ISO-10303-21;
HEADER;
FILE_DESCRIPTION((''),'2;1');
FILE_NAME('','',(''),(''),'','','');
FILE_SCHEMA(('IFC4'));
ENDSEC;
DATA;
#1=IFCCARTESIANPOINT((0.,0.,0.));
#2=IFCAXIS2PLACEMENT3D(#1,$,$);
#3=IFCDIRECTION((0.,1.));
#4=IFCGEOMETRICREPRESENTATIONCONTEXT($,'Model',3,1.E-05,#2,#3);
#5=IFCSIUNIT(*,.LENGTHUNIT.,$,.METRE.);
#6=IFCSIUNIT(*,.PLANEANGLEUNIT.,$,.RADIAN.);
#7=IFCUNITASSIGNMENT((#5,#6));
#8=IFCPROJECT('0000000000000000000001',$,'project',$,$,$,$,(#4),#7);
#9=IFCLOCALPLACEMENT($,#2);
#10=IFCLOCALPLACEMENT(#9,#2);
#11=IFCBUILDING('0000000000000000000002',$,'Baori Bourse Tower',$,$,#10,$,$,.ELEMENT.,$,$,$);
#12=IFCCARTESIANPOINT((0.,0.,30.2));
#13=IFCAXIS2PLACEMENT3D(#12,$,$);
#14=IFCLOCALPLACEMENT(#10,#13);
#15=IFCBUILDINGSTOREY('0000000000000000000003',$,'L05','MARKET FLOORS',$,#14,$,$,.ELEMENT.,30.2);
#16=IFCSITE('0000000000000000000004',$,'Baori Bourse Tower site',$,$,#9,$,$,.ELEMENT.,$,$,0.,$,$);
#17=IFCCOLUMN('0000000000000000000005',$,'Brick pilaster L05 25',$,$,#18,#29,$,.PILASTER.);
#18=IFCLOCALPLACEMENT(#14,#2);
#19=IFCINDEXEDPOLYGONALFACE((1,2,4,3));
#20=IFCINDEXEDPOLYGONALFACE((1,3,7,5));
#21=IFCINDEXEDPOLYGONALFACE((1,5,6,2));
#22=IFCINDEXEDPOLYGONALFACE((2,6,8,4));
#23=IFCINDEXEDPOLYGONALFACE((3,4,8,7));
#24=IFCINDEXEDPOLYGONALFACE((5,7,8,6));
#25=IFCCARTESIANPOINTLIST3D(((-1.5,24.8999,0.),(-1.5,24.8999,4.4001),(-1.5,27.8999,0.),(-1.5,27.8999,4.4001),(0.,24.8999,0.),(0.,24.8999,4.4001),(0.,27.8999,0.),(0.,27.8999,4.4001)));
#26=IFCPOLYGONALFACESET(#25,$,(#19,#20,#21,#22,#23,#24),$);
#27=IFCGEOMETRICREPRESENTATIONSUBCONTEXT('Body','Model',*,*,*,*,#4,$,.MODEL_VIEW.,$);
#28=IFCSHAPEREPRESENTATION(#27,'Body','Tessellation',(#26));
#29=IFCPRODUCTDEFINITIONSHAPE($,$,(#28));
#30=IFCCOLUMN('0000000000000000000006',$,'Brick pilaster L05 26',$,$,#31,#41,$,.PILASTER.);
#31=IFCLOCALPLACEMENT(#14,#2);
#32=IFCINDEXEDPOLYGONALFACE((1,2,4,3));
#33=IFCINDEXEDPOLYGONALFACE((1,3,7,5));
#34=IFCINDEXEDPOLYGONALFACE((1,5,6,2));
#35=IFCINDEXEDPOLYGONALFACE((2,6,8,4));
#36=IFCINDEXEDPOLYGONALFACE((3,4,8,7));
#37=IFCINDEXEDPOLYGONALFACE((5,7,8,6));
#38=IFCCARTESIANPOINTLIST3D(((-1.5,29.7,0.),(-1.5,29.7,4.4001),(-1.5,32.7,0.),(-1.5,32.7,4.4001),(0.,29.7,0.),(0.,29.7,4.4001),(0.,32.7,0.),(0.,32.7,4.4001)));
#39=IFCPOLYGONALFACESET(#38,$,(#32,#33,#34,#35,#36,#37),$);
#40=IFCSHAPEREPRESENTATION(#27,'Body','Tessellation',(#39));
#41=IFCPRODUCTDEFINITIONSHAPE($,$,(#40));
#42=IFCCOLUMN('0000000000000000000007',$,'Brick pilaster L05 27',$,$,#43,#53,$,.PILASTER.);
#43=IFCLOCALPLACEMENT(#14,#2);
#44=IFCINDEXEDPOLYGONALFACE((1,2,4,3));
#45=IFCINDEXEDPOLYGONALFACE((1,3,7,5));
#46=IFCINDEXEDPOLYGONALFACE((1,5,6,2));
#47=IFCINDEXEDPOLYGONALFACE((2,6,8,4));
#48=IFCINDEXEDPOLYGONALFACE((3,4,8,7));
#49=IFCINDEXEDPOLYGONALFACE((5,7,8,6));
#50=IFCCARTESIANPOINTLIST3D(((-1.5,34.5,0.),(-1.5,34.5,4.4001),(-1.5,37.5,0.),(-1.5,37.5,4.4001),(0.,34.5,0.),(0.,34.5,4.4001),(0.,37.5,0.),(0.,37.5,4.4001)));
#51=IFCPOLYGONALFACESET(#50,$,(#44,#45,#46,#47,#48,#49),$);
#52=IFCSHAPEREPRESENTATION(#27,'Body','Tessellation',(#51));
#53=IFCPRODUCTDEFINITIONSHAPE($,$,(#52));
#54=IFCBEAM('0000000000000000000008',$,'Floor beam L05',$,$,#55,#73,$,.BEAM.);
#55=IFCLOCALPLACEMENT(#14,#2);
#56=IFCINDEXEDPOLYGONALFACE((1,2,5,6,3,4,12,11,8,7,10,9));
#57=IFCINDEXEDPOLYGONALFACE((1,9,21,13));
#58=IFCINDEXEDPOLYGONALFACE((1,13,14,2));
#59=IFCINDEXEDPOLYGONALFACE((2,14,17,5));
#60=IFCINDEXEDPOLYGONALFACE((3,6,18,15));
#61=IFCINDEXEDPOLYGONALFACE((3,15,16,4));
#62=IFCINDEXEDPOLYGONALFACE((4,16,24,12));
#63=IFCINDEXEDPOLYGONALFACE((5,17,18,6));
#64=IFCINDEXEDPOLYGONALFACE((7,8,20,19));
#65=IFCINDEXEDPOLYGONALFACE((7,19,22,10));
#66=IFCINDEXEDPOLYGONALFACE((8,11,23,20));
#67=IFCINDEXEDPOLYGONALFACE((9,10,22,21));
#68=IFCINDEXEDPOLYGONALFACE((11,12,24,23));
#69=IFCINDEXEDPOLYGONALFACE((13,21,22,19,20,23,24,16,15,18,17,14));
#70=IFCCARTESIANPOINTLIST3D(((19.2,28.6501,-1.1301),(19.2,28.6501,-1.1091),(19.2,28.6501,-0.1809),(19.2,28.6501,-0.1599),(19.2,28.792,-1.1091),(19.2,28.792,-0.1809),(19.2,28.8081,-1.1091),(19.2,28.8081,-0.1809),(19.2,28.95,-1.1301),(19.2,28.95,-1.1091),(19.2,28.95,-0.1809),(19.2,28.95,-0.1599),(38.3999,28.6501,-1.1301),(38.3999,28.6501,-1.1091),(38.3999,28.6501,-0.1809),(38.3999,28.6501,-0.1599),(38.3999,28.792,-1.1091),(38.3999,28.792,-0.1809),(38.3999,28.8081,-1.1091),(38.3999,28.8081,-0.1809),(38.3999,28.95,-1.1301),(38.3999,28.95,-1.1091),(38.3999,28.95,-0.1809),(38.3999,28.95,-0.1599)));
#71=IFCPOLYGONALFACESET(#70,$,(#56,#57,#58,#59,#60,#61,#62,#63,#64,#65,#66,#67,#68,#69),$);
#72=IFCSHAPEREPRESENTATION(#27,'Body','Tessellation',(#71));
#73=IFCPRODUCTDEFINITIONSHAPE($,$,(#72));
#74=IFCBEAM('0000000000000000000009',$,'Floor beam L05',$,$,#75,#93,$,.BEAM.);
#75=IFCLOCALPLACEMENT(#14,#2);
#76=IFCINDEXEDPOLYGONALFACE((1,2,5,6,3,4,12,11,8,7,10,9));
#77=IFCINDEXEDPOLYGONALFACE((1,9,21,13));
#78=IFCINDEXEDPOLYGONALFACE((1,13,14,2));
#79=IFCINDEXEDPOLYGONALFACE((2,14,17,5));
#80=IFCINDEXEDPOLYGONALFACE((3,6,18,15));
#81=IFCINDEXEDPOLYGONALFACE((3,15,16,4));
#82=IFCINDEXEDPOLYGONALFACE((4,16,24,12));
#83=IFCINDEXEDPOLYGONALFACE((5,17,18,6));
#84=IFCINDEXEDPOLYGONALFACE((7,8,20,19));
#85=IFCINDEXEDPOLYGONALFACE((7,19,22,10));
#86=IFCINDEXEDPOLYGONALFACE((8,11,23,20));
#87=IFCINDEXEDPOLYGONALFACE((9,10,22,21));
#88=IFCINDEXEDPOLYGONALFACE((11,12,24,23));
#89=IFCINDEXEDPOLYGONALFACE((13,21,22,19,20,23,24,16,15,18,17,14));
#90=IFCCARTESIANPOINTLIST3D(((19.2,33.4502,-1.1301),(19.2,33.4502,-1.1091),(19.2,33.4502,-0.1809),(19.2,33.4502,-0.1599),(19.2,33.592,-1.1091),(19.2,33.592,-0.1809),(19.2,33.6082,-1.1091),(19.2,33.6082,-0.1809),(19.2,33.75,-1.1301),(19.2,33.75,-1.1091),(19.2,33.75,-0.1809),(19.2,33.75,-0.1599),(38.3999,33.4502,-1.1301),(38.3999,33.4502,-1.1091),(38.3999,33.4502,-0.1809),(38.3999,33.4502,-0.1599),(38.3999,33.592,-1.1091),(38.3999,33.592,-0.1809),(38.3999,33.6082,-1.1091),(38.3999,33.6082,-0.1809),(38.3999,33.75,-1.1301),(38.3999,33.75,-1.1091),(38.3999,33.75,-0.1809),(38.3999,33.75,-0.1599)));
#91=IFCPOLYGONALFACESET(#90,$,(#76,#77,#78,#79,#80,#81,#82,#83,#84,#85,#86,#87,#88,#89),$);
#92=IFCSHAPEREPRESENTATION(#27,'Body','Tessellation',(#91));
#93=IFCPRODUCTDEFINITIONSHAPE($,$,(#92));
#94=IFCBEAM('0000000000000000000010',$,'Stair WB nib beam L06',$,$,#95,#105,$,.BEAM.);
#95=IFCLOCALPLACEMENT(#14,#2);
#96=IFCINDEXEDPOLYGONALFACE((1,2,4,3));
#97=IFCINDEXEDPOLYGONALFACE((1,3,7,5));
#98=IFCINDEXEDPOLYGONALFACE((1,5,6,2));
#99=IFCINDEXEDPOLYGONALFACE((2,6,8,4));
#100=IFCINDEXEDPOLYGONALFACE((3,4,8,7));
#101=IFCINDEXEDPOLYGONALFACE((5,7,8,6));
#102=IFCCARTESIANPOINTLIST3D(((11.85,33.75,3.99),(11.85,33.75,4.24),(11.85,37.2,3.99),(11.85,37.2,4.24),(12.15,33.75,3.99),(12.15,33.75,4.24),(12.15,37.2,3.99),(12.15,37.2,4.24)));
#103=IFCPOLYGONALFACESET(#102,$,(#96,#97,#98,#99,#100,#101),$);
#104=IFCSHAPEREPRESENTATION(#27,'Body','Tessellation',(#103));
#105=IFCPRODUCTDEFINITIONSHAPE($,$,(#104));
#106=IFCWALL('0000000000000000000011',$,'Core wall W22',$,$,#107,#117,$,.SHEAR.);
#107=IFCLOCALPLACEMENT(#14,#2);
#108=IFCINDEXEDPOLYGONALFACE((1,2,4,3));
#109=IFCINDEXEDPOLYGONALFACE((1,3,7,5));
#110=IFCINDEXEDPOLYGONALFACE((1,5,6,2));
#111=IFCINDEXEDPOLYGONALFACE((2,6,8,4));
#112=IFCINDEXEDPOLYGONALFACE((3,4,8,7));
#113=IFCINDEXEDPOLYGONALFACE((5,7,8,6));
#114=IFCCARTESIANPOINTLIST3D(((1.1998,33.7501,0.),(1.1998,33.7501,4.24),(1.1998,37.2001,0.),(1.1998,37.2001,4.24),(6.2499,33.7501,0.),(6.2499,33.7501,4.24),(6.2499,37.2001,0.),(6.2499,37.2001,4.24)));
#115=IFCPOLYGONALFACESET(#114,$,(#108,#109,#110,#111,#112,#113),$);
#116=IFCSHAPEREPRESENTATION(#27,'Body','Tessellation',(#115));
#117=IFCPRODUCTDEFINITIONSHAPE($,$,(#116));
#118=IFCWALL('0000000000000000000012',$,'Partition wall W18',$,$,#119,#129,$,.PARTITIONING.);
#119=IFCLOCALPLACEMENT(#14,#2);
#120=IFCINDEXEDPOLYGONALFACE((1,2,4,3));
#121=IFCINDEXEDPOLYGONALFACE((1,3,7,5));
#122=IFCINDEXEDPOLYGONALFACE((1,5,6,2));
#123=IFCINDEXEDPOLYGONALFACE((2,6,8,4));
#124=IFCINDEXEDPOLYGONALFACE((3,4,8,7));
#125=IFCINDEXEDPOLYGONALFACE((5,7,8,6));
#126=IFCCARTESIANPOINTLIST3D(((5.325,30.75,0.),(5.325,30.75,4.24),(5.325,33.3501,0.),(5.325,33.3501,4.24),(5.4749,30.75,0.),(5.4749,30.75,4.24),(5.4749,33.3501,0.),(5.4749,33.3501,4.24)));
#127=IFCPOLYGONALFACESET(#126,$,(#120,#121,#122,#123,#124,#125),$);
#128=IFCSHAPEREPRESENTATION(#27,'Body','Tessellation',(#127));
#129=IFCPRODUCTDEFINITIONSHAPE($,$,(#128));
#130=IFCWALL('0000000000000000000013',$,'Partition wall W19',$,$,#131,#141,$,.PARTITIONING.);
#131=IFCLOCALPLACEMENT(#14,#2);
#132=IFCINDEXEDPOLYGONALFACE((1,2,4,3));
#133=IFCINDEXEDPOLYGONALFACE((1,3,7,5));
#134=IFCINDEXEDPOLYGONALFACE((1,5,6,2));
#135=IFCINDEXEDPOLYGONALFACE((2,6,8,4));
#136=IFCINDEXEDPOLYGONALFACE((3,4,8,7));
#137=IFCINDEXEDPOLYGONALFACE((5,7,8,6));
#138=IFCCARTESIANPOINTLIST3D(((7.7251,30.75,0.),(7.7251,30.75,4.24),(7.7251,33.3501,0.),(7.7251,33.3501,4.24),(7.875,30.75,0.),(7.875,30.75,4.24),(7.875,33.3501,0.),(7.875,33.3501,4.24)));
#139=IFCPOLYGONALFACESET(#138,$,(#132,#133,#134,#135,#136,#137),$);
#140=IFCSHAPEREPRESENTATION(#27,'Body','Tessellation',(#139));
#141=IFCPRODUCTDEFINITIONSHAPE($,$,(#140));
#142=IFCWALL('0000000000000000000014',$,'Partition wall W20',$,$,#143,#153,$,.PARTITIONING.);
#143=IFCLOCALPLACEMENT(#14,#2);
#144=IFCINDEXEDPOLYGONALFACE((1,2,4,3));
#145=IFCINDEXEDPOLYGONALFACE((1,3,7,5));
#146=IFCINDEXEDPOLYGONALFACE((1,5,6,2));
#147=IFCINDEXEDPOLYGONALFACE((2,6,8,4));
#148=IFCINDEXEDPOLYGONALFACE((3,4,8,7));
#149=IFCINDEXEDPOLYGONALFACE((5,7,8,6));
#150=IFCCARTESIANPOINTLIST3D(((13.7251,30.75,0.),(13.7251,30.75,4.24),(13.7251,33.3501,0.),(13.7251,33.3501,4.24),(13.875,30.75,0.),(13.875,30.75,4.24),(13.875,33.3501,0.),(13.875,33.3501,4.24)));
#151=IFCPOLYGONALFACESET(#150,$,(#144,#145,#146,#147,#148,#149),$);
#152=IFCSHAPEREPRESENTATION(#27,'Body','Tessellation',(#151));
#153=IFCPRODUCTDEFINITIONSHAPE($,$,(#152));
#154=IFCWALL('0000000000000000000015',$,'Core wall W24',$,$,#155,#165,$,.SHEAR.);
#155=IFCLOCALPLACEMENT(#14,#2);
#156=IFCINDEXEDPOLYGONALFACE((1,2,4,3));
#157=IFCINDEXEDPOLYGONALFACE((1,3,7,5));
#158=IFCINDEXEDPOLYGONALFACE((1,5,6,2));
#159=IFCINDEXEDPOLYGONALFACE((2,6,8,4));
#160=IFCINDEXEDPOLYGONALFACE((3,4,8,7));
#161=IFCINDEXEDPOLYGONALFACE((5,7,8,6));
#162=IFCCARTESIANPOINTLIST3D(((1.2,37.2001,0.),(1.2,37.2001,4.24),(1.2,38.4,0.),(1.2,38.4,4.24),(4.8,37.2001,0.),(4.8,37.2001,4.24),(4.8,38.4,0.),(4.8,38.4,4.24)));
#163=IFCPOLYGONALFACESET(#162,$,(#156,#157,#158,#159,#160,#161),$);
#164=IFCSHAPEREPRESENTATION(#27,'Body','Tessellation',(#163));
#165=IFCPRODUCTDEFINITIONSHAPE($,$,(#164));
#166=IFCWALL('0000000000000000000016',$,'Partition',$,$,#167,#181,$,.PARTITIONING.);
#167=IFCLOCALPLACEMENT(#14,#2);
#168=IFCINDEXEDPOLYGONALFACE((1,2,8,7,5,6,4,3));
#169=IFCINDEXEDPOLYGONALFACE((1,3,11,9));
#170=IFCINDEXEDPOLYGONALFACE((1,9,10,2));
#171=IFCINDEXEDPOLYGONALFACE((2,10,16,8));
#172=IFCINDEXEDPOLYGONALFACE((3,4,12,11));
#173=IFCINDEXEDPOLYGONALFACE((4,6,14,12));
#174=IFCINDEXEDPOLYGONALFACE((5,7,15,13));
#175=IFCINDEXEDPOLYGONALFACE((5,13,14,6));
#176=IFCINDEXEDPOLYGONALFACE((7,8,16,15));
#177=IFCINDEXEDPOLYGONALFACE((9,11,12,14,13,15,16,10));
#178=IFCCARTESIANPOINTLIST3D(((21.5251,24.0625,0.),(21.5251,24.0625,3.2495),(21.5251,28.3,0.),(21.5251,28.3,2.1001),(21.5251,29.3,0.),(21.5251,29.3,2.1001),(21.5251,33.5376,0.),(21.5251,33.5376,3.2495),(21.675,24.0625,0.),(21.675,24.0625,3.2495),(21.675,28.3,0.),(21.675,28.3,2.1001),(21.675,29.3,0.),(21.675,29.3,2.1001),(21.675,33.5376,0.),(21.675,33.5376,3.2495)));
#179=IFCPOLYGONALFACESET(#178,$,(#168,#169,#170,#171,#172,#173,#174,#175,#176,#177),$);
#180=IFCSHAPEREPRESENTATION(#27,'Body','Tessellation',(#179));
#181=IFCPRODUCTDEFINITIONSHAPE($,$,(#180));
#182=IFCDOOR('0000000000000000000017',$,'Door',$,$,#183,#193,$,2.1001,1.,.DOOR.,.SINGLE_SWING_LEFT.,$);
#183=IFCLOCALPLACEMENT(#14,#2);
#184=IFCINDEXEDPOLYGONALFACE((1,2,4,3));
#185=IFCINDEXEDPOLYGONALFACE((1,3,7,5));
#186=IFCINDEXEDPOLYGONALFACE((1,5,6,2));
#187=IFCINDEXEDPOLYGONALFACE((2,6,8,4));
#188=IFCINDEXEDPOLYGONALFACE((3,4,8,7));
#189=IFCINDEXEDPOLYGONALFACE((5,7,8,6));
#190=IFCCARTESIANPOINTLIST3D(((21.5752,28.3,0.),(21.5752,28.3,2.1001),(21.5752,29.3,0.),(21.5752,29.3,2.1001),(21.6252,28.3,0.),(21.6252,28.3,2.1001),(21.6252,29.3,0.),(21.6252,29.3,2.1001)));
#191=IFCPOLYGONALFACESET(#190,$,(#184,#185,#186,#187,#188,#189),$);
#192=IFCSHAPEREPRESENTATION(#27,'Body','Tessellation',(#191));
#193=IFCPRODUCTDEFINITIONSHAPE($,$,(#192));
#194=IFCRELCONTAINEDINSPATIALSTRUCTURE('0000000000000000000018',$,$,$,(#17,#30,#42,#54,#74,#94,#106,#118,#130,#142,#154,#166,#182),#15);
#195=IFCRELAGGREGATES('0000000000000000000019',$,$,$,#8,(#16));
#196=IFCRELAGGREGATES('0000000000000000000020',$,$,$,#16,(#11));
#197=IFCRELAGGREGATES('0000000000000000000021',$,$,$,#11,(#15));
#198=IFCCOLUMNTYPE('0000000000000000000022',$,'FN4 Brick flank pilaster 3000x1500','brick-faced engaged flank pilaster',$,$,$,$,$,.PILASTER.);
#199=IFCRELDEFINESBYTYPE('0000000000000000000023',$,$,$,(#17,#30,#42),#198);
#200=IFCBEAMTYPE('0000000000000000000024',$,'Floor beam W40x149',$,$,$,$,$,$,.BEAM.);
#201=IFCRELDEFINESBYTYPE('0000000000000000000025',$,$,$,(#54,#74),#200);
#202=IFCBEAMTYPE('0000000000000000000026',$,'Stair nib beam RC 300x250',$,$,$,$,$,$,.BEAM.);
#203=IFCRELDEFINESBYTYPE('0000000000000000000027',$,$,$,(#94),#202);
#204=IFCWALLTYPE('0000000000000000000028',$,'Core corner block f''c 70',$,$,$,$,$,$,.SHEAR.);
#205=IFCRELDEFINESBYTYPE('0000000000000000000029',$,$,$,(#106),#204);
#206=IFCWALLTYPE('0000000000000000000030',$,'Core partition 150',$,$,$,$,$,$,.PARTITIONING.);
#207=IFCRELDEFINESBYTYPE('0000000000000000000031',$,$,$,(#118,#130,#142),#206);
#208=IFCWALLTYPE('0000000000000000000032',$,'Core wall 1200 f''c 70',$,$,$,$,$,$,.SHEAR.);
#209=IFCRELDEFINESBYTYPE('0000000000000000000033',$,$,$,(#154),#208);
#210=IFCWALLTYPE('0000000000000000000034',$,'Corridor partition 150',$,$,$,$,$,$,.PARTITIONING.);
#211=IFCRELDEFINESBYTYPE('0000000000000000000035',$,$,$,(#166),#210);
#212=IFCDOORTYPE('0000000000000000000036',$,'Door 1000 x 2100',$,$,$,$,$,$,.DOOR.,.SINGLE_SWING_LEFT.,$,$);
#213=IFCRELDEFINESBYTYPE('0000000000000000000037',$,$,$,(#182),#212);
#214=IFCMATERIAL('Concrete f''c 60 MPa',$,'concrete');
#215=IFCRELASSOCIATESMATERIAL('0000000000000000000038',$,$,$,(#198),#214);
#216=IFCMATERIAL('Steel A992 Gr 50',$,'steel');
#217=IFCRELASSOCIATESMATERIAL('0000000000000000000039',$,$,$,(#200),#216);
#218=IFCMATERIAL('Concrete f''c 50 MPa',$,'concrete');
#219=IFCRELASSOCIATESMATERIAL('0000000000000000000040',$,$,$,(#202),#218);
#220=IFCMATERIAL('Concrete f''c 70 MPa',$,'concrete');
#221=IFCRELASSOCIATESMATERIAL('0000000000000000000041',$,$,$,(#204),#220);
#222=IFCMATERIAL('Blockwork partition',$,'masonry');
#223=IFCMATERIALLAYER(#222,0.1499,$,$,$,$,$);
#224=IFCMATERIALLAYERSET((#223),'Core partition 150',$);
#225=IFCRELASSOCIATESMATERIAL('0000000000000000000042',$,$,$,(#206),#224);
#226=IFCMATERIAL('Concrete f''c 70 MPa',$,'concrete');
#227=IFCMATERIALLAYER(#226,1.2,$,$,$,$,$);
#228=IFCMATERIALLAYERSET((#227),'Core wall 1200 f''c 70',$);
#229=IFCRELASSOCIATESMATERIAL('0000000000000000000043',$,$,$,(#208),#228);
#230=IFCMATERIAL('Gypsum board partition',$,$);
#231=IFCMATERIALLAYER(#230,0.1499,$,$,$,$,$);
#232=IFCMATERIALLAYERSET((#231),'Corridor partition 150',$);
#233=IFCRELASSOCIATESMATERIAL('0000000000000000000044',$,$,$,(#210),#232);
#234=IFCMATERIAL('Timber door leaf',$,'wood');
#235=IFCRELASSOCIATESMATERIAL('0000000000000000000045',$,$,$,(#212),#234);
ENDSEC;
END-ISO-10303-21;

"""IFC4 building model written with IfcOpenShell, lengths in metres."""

from ifc_helpers import new_model, si_unit, direction, frame, frame_2d, origin, origin_2d, place, context, subcontext, project, spatial, rectangle, i_section, extrude, material, layer, layer_set, material_profile, profile_set, type_object, element, fill, save


model = new_model("IFC4")

# Units and contexts
model_context = context("Model", 3, precision=1e-05, world=origin(), true_north=direction((0.0, 1.0)))
body_context = subcontext(model_context, "Body", "Model", "MODEL_VIEW")
ifc_project = project(units=[si_unit("LENGTHUNIT", "METRE"), si_unit("PLANEANGLEUNIT", "RADIAN")], contexts=[model_context])

# Site, building, storey
site_placement = place(None, origin())
site = spatial("IfcSite", under=ifc_project, at=site_placement, Name="Baori Bourse Tower site", CompositionType="ELEMENT", RefElevation=0.0)
building_placement = place(site_placement, origin())
building = spatial("IfcBuilding", under=site, at=building_placement, Name="Baori Bourse Tower", CompositionType="ELEMENT")
storey_placement = place(building_placement, frame((0.0, 0.0, 30.2)))
storey = spatial("IfcBuildingStorey", under=building, at=storey_placement, Name="L05", Description="MARKET FLOORS", CompositionType="ELEMENT", Elevation=30.2)

# Columns
ifc_material_1 = material(Name="Concrete f'c 60 MPa", Category="concrete")
ifc_material_profile_1 = material_profile(ifc_material_1, rectangle(XDim=3.0, YDim=1.5, at=origin_2d()), Name="RC 3000x1500")
ifc_profile_set_1 = profile_set([ifc_material_profile_1], Name="Concrete f'c 60 MPa")
column_type = type_object("IfcColumnType", Name="FN4 Brick flank pilaster 3000x1500", Description="brick-faced engaged flank pilaster", PredefinedType="PILASTER", material=ifc_profile_set_1)
for number, where, z_axis, x_axis, name in (
    (1, (-0.75, 26.3999, 0.0), (0.0, 0.0, 1.0), (0.0, 1.0, 0.0), "Brick pilaster L05 25"),
    (2, (-0.75, 31.2, 0.0), (0.0, 0.0, 1.0), (0.0, 1.0, 0.0), "Brick pilaster L05 26"),
    (3, (-0.75, 36.0, 0.0), (0.0, 0.0, 1.0), (0.0, 1.0, 0.0), "Brick pilaster L05 27"),
):
    element("IfcColumn", number, at=place(storey_placement, frame(where, z_axis=z_axis, x_axis=x_axis)), inside=storey, type_object=column_type, Name=name, PredefinedType="PILASTER", context=body_context, shape_type="SweptSolid", body=[
        extrude(rectangle(XDim=3.0, YDim=1.5, at=origin_2d()), origin(), (0.0, 0.0, 1.0), 4.4001),
    ])

# Beams
ifc_material_2 = material(Name="Steel A992 Gr 50", Category="steel")
ifc_material_profile_2 = material_profile(ifc_material_2, i_section(OverallWidth=0.2998, OverallDepth=0.9702, WebThickness=0.0161, FlangeThickness=0.021, at=origin_2d()), Name="W40x149")
ifc_profile_set_2 = profile_set([ifc_material_profile_2], Name="Steel A992 Gr 50")
beam_type_1 = type_object("IfcBeamType", Name="Floor beam W40x149", PredefinedType="BEAM", material=ifc_profile_set_2)
for number, where, z_axis, x_axis, name in (
    (4, (19.2, 28.8, -0.645), (1.0, 0.0, 0.0), (0.0, 1.0, 0.0), "Floor beam L05"),
    (5, (19.2, 33.6001, -0.645), (1.0, 0.0, 0.0), (0.0, 1.0, 0.0), "Floor beam L05"),
):
    element("IfcBeam", number, at=place(storey_placement, frame(where, z_axis=z_axis, x_axis=x_axis)), inside=storey, type_object=beam_type_1, Name=name, PredefinedType="BEAM", context=body_context, shape_type="SweptSolid", body=[
        extrude(i_section(OverallWidth=0.2998, OverallDepth=0.9702, WebThickness=0.0161, FlangeThickness=0.021, at=origin_2d()), origin(), (0.0, 0.0, 1.0), 19.2),
    ])
ifc_material_3 = material(Name="Concrete f'c 50 MPa", Category="concrete")
ifc_material_profile_3 = material_profile(ifc_material_3, rectangle(XDim=0.3, YDim=0.25, at=origin_2d()), Name="RC 300x250")
ifc_profile_set_3 = profile_set([ifc_material_profile_3], Name="Concrete f'c 50 MPa")
beam_type_2 = type_object("IfcBeamType", Name="Stair nib beam RC 300x250", PredefinedType="BEAM", material=ifc_profile_set_3)
beam_placement = place(storey_placement, frame((12.0, 33.75, 4.115), z_axis=(0.0, 1.0, 0.0), x_axis=(-1.0, 0.0, 0.0)))
element("IfcBeam", 6, at=beam_placement, inside=storey, type_object=beam_type_2, Name="Stair WB nib beam L06", PredefinedType="BEAM", context=body_context, shape_type="SweptSolid", body=[
    extrude(rectangle(XDim=0.3, YDim=0.25, at=origin_2d()), origin(), (0.0, 0.0, 1.0), 3.45),
])

# Walls
ifc_material_4 = material(Name="Concrete f'c 70 MPa", Category="concrete")
wall_type_1 = type_object("IfcWallType", Name="Core corner block f'c 70", PredefinedType="SHEAR", material=ifc_material_4)
wall_1_placement = place(storey_placement, frame((1.2, 35.4751, 0.0), z_axis=(0.0, 0.0, 1.0), x_axis=(1.0, 0.0, 0.0)))
element("IfcWall", 7, at=wall_1_placement, inside=storey, type_object=wall_type_1, Name="Core wall W22", PredefinedType="SHEAR", context=body_context, shape_type="SweptSolid", body=[
    extrude(rectangle(XDim=5.05, YDim=3.45, at=frame_2d((2.5249, 0.0))), origin(), (0.0, 0.0, 1.0), 4.24),
])
ifc_material_5 = material(Name="Blockwork partition", Category="masonry")
ifc_layer_1 = layer(ifc_material_5, 0.1499)
ifc_layer_set_1 = layer_set([ifc_layer_1], Name="Core partition 150")
wall_type_2 = type_object("IfcWallType", Name="Core partition 150", PredefinedType="PARTITIONING", material=ifc_layer_set_1)
for number, where, z_axis, x_axis, name in (
    (8, (5.3999, 30.75, 0.0), (0.0, 0.0, 1.0), (0.0, 1.0, 0.0), "Partition wall W18"),
    (9, (7.8, 30.75, 0.0), (0.0, 0.0, 1.0), (0.0, 1.0, 0.0), "Partition wall W19"),
    (10, (13.8, 30.75, 0.0), (0.0, 0.0, 1.0), (0.0, 1.0, 0.0), "Partition wall W20"),
):
    element("IfcWall", number, at=place(storey_placement, frame(where, z_axis=z_axis, x_axis=x_axis)), inside=storey, type_object=wall_type_2, Name=name, PredefinedType="PARTITIONING", context=body_context, shape_type="SweptSolid", body=[
        extrude(rectangle(XDim=2.6001, YDim=0.1499, at=frame_2d((1.3, 0.0))), origin(), (0.0, 0.0, 1.0), 4.24),
    ])
ifc_material_6 = material(Name="Concrete f'c 70 MPa", Category="concrete")
ifc_layer_2 = layer(ifc_material_6, 1.2)
ifc_layer_set_2 = layer_set([ifc_layer_2], Name="Core wall 1200 f'c 70")
wall_type_3 = type_object("IfcWallType", Name="Core wall 1200 f'c 70", PredefinedType="SHEAR", material=ifc_layer_set_2)
wall_2_placement = place(storey_placement, frame((1.2, 37.8, 0.0), z_axis=(0.0, 0.0, 1.0), x_axis=(1.0, 0.0, 0.0)))
element("IfcWall", 11, at=wall_2_placement, inside=storey, type_object=wall_type_3, Name="Core wall W24", PredefinedType="SHEAR", context=body_context, shape_type="SweptSolid", body=[
    extrude(rectangle(XDim=3.6001, YDim=1.2, at=frame_2d((1.8, 0.0))), origin(), (0.0, 0.0, 1.0), 4.24),
])

# Wall, opening, door
ifc_material_7 = material(Name="Gypsum board partition")
ifc_layer_3 = layer(ifc_material_7, 0.1499)
ifc_layer_set_3 = layer_set([ifc_layer_3], Name="Corridor partition 150")
wall_type_4 = type_object("IfcWallType", Name="Corridor partition 150", PredefinedType="PARTITIONING", material=ifc_layer_set_3)
wall_3_placement = place(storey_placement, frame((21.6001, 24.0625, 0.0), z_axis=(0.0, 0.0, 1.0), x_axis=(0.0, 1.0, 0.0)))
wall_3 = element("IfcWall", 12, at=wall_3_placement, inside=storey, type_object=wall_type_4, Name="Partition", PredefinedType="PARTITIONING", context=body_context, shape_type="SweptSolid", body=[
    extrude(rectangle(XDim=9.4751, YDim=0.1499, at=frame_2d((4.7375, 0.0))), origin(), (0.0, 0.0, 1.0), 3.2495),
])
opening_1_placement = place(wall_3_placement, frame((4.2375, 0.0, 0.0)))
opening_1 = element("IfcOpeningElement", 13, at=opening_1_placement, cuts=wall_3, PredefinedType="OPENING", context=body_context, shape_type="SweptSolid", body=[
    extrude(rectangle(XDim=1.0, YDim=2.1001, at=frame_2d((0.5, 1.05))), frame((0.0, 0.085, 0.0), z_axis=(0.0, -1.0, 0.0), x_axis=(1.0, 0.0, 0.0)), (0.0, 0.0, 1.0), 0.1699),
])
ifc_material_8 = material(Name="Timber door leaf", Category="wood")
door_type_1 = type_object("IfcDoorType", Name="Door 1000 x 2100", OperationType="SINGLE_SWING_LEFT", PredefinedType="DOOR", material=ifc_material_8)
door_1_placement = place(opening_1_placement, origin())
door_1 = element("IfcDoor", 14, at=door_1_placement, inside=storey, type_object=door_type_1, Name="Door", OperationType="SINGLE_SWING_LEFT", OverallHeight=2.1001, OverallWidth=1.0, PredefinedType="DOOR", context=body_context, shape_type="SweptSolid", body=[
    extrude(rectangle(XDim=1.0, YDim=2.1001, at=frame_2d((0.5, 1.05))), frame((0.0, 0.0249, 0.0), z_axis=(0.0, -1.0, 0.0), x_axis=(1.0, 0.0, 0.0)), (0.0, 0.0, 1.0), 0.05),
])
fill(opening_1, door_1)

save(model, "model.ifc")
